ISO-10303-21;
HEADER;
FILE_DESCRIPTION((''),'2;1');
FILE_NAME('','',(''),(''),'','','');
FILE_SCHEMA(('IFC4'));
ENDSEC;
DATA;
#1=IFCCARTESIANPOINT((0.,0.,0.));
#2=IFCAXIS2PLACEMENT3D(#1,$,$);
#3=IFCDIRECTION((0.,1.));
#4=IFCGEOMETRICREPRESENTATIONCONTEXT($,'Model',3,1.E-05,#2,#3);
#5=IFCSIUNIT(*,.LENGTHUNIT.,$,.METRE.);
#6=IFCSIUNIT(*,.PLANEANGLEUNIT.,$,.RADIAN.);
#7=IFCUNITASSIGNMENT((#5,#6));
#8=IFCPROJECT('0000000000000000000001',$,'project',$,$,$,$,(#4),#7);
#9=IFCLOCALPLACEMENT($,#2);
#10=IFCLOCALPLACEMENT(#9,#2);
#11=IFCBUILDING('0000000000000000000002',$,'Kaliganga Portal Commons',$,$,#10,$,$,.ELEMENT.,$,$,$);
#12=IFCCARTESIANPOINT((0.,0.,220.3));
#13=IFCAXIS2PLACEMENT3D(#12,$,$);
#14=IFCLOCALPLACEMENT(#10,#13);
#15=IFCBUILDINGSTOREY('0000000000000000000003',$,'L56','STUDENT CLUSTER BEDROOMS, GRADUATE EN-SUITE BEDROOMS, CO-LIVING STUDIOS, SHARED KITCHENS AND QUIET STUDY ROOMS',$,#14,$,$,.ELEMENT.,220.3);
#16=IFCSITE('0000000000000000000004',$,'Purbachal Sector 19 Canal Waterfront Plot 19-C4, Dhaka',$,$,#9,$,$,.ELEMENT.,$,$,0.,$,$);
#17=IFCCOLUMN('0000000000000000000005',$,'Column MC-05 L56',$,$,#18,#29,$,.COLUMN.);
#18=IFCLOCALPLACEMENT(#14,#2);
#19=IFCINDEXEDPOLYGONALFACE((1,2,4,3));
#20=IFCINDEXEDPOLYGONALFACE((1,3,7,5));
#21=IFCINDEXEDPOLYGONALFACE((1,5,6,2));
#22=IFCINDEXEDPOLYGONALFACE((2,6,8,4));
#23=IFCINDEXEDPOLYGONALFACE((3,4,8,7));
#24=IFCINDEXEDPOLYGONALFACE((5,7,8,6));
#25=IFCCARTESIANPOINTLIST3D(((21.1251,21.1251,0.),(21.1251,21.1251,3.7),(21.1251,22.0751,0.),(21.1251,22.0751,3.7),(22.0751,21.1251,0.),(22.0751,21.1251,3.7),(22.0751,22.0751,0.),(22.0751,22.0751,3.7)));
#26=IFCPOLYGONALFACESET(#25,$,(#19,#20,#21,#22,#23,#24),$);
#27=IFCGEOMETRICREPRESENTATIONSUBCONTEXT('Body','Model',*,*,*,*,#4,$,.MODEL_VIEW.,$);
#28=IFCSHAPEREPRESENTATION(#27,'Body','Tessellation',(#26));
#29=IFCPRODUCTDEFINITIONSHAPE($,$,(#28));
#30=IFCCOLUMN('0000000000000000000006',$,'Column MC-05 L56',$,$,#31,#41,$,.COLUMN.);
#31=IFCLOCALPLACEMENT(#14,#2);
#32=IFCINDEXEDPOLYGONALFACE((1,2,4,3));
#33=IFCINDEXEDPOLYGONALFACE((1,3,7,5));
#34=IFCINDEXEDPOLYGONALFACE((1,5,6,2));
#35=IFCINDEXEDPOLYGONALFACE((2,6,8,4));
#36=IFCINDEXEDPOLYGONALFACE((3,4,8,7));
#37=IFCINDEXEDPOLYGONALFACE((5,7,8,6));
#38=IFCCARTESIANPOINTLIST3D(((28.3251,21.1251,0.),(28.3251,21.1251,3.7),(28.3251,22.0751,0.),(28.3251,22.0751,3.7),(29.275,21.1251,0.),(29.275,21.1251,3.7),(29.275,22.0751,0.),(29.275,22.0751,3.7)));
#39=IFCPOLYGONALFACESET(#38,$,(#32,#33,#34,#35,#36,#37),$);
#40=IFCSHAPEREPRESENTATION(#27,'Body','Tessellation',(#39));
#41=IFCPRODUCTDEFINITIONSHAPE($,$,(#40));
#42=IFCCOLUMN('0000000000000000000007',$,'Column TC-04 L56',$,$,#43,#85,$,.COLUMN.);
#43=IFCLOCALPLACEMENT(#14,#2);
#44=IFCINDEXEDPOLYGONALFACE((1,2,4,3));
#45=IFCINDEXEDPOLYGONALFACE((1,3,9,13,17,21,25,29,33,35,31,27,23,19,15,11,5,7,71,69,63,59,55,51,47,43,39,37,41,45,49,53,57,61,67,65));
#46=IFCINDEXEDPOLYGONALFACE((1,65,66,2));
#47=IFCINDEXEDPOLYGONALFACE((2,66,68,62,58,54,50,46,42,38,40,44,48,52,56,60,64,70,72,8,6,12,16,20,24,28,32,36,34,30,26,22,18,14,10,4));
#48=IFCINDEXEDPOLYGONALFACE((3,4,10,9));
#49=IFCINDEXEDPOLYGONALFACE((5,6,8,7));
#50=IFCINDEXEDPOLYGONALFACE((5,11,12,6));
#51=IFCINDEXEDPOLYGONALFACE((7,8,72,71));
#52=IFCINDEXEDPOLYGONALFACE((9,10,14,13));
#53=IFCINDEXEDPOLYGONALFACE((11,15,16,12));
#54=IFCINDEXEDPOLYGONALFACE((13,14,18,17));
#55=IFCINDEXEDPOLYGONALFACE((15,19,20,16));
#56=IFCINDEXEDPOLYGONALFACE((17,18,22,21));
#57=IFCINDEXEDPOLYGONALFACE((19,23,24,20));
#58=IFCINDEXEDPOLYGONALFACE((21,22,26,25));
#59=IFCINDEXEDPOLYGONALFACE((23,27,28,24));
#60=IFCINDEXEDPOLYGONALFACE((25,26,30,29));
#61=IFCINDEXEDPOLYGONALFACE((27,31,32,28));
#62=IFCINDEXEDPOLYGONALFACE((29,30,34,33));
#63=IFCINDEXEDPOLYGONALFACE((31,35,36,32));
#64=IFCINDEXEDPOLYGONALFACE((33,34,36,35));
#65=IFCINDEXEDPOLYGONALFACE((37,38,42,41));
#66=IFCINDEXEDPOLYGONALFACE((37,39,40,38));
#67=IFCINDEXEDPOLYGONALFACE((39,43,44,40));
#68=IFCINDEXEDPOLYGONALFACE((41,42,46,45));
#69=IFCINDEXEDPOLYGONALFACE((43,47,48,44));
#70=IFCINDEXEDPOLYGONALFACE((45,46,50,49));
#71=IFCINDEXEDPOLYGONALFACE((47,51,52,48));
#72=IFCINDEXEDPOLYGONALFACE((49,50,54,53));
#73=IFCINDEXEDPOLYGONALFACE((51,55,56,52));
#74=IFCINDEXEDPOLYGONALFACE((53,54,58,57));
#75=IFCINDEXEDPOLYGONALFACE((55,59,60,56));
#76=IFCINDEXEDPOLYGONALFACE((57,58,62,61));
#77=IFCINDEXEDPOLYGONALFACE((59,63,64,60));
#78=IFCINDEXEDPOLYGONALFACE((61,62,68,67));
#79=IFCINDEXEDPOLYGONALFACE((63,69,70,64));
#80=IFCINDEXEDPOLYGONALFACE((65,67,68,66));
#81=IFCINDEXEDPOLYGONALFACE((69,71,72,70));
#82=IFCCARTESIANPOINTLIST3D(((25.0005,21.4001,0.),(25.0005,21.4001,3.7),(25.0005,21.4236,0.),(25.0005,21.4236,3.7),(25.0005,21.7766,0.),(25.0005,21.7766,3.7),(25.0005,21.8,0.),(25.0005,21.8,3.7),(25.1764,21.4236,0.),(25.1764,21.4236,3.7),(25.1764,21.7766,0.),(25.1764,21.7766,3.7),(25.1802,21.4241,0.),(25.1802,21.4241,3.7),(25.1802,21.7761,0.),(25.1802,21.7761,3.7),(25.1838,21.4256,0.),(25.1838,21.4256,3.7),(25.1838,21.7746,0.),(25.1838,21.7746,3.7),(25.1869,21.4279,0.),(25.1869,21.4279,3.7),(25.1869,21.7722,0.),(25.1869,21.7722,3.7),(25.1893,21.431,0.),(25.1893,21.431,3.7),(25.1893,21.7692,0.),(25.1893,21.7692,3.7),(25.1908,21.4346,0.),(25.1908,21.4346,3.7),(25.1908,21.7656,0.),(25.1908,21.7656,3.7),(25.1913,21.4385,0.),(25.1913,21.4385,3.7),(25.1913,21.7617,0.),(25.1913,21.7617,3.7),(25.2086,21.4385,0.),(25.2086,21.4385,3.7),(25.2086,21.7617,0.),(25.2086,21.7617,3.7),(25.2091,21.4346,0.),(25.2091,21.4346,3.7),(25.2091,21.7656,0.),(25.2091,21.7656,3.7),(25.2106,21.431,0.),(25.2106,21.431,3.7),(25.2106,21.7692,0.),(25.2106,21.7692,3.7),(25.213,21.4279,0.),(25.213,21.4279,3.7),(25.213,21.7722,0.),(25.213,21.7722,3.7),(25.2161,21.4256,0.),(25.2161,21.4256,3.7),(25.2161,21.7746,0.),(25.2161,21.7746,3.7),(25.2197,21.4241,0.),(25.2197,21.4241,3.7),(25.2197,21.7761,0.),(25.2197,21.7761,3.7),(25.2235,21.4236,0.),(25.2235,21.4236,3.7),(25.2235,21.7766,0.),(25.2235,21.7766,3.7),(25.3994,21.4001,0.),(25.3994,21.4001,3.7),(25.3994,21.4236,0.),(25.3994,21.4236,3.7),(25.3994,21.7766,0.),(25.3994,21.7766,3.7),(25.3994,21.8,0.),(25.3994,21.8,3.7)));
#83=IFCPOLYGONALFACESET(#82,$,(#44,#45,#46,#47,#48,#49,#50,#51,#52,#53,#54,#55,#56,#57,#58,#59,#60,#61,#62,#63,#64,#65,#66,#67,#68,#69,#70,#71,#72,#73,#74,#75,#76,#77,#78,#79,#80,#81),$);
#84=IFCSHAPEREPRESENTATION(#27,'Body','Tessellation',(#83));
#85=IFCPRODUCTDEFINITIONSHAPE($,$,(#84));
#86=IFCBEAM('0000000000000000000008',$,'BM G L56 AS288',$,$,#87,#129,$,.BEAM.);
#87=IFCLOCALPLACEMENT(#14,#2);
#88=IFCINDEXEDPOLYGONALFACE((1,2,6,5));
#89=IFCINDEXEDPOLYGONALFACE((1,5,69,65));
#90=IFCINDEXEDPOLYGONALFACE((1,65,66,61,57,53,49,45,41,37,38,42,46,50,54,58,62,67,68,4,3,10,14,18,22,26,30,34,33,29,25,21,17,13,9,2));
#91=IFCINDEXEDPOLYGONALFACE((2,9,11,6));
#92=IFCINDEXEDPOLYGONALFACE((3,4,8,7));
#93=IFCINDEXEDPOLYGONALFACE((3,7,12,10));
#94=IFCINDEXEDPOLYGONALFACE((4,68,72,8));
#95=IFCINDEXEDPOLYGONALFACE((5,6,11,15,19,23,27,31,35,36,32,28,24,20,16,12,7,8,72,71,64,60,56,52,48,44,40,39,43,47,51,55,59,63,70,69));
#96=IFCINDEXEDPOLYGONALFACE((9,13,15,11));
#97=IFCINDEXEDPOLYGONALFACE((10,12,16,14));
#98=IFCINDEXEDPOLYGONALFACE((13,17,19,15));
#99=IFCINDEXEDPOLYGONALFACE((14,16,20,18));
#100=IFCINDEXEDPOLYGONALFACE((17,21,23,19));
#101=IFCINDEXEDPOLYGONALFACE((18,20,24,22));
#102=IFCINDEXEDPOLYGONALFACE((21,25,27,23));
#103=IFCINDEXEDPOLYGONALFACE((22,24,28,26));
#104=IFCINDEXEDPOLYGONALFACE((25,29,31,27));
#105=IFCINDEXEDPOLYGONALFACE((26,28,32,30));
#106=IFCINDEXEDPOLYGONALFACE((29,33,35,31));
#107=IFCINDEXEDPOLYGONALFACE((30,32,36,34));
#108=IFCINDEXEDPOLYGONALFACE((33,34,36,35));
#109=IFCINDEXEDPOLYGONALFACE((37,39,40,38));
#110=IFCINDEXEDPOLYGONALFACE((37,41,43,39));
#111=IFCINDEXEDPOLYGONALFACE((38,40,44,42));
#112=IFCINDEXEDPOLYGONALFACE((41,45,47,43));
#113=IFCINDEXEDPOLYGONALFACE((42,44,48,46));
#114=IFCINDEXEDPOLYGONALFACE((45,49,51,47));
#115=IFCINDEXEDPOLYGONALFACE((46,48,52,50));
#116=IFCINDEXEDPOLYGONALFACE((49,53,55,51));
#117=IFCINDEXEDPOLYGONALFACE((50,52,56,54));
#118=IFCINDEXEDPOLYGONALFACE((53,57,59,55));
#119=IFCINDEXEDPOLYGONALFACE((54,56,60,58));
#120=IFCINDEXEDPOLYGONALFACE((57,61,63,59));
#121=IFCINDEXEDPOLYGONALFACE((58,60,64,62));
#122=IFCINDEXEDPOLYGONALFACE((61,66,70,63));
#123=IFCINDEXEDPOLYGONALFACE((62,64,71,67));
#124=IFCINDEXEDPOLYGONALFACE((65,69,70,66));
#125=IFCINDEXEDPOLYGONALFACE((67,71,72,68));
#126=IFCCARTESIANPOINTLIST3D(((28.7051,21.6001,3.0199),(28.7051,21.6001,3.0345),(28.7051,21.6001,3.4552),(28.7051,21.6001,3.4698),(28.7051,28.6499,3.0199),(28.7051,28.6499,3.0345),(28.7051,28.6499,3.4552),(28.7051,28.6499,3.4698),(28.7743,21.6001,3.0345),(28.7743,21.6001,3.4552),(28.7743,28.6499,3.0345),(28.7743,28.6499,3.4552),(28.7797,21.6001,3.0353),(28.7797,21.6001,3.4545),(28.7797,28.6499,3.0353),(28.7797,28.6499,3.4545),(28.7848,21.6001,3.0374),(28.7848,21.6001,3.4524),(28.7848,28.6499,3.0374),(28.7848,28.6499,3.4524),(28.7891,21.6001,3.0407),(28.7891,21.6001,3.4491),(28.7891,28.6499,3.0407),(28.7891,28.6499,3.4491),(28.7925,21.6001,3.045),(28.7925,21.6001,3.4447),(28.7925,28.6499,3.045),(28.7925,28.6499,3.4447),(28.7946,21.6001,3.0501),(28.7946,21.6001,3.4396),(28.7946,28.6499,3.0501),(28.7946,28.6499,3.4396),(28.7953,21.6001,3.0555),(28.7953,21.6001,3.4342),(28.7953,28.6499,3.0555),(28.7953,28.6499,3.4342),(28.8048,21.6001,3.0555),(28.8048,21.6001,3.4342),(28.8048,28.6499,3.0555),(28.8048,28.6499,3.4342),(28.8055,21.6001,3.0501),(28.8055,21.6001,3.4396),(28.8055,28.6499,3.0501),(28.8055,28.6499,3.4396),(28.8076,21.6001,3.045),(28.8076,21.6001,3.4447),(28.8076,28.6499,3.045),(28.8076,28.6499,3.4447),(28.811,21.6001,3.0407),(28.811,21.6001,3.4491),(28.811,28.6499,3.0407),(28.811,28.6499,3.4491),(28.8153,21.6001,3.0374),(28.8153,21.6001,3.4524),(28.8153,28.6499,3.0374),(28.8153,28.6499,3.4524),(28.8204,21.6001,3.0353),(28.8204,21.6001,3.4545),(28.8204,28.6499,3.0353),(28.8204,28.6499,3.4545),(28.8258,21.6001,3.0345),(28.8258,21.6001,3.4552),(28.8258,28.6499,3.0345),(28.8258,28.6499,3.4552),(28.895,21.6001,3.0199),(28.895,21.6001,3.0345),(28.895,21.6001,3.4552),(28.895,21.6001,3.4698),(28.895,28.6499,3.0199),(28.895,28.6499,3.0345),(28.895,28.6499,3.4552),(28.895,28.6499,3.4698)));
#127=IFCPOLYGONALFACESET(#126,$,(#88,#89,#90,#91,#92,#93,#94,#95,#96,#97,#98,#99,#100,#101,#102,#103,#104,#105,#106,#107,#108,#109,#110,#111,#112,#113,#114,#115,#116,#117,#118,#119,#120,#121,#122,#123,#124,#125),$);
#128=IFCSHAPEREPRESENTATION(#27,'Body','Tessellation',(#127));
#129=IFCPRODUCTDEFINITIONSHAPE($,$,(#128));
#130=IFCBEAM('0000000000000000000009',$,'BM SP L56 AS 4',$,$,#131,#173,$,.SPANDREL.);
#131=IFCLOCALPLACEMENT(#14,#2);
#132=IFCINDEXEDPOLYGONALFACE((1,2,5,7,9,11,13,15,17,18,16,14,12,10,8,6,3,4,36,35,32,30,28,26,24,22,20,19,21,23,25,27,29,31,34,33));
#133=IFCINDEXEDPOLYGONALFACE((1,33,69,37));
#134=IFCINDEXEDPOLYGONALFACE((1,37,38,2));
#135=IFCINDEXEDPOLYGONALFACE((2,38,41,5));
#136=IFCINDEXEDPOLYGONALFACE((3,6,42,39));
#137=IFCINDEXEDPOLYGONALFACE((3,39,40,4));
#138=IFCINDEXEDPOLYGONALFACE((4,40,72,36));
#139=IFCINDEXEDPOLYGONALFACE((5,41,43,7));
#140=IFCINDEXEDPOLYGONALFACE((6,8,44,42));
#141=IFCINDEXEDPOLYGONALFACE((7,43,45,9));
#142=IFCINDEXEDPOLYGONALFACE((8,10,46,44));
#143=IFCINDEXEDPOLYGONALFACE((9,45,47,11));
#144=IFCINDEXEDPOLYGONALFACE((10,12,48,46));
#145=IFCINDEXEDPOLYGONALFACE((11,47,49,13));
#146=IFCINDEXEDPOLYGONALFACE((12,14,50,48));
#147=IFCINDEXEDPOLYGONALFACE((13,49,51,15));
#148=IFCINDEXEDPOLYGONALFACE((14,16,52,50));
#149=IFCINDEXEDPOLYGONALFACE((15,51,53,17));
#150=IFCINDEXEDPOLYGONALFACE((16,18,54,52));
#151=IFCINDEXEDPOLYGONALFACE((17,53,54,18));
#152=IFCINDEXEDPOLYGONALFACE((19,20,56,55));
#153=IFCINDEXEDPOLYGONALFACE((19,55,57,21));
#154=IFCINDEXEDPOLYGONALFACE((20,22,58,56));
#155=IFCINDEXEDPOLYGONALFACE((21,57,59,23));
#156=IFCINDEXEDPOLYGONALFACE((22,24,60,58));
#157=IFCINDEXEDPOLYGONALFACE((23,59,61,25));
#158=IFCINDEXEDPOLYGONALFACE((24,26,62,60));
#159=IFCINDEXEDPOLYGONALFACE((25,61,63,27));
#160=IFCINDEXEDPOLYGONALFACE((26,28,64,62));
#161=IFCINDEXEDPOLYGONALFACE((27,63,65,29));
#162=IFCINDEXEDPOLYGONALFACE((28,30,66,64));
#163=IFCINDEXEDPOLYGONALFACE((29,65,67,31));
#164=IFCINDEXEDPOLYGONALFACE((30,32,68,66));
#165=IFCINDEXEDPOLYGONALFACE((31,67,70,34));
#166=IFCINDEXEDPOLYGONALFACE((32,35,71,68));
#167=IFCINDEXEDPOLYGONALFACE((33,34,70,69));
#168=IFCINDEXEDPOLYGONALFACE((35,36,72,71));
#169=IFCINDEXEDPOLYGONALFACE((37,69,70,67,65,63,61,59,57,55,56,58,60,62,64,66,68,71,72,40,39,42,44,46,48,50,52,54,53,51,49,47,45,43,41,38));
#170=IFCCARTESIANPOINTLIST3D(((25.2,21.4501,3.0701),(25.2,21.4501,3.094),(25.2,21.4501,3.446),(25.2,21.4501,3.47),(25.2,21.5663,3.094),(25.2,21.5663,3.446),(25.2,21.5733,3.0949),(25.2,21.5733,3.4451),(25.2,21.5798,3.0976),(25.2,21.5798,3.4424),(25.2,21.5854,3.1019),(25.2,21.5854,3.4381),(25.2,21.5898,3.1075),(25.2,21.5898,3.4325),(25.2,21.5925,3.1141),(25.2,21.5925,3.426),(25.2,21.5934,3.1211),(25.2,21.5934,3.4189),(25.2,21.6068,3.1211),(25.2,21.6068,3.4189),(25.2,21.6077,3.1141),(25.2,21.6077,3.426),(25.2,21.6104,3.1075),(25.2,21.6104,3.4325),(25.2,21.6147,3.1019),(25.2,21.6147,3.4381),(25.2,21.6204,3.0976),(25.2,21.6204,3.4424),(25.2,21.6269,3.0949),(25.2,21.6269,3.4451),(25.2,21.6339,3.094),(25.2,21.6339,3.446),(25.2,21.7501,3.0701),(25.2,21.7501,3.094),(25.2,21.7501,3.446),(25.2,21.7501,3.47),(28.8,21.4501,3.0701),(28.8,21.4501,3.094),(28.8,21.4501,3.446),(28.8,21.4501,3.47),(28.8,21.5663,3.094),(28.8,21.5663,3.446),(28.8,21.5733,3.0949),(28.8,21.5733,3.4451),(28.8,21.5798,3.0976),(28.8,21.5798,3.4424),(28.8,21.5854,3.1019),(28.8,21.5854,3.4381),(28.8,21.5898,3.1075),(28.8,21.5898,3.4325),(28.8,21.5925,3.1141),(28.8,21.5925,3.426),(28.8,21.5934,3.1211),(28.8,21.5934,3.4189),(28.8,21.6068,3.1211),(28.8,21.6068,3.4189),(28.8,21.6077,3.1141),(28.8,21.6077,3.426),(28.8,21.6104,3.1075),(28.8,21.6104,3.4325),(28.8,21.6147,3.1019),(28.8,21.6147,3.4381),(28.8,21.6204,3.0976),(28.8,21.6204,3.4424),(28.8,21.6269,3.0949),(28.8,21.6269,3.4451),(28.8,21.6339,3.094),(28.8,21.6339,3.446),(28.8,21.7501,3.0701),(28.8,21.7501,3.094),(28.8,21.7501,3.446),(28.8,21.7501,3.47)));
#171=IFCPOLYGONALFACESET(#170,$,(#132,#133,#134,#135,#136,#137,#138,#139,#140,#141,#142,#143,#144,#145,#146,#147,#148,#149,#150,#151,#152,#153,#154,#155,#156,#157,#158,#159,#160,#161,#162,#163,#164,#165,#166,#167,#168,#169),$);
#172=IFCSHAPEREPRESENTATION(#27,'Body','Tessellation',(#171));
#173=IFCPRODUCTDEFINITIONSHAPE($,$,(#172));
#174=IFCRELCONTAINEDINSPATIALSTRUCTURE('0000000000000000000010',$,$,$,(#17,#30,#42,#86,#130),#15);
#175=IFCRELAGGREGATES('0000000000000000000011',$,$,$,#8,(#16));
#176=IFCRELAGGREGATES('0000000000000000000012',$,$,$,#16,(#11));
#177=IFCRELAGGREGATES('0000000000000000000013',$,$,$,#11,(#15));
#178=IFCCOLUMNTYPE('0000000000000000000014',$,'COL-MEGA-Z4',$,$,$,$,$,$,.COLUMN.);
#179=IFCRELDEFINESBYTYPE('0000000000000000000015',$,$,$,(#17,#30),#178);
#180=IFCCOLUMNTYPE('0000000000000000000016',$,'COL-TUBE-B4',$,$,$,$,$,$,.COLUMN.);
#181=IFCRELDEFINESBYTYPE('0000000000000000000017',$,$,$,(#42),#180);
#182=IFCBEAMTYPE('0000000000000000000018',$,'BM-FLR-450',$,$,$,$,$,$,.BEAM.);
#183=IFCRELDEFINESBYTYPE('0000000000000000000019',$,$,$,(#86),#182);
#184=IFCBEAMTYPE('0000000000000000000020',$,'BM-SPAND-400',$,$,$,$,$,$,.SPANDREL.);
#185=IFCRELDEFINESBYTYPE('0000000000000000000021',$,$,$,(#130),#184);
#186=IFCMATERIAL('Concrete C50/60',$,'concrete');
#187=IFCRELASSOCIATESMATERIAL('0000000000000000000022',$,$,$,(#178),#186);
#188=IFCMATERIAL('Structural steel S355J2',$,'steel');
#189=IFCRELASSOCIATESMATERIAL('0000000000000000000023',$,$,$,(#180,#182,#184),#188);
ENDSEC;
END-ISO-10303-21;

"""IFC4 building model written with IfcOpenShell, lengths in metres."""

from ifc_helpers import new_model, si_unit, direction, frame, origin, origin_2d, place, context, subcontext, project, spatial, rectangle, i_section, extrude, source, transform, mapped, material, material_profile, profile_set, type_object, element, save


model = new_model("IFC4")

# Units and contexts
model_context = context("Model", 3, precision=1e-05, world=origin(), true_north=direction((0.0, 1.0)))
body_context = subcontext(model_context, "Body", "Model", "MODEL_VIEW")
ifc_project = project(units=[si_unit("LENGTHUNIT", "METRE"), si_unit("PLANEANGLEUNIT", "RADIAN")], contexts=[model_context])

# Site, building, storey
site_placement = place(None, origin())
site = spatial("IfcSite", under=ifc_project, at=site_placement, Name="Purbachal Sector 19 Canal Waterfront Plot 19-C4, Dhaka", CompositionType="ELEMENT", RefElevation=0.0)
building_placement = place(site_placement, origin())
building = spatial("IfcBuilding", under=site, at=building_placement, Name="Kaliganga Portal Commons", CompositionType="ELEMENT")
storey_placement = place(building_placement, frame((0.0, 0.0, 220.3)))
storey = spatial("IfcBuildingStorey", under=building, at=storey_placement, Name="L56", Description="STUDENT CLUSTER BEDROOMS, GRADUATE EN-SUITE BEDROOMS, CO-LIVING STUDIOS, SHARED KITCHENS AND QUIET STUDY ROOMS", CompositionType="ELEMENT", Elevation=220.3)

# Columns
ifc_material_1 = material(Name="Concrete C50/60", Category="concrete")
ifc_material_profile_1 = material_profile(ifc_material_1, rectangle(XDim=0.95, YDim=0.95, at=origin_2d()), Name="RC 950x950")
ifc_profile_set_1 = profile_set([ifc_material_profile_1], Name="Concrete C50/60")
column_type_1 = type_object("IfcColumnType", Name="COL-MEGA-Z4", PredefinedType="COLUMN", material=ifc_profile_set_1)
shared_shape_1 = source(origin(), body_context, "Body", "SweptSolid", [
    extrude(rectangle(XDim=0.95, YDim=0.95, at=origin_2d()), origin(), (0.0, 0.0, 1.0), 3.7),
])
for number, where, z_axis, x_axis, name in (
    (1, (21.6001, 21.6001, 0.0), (0.0, 0.0, 1.0), (1.0, 0.0, 0.0), "Column MC-05 L56"),
    (2, (28.8, 21.6001, 0.0), (0.0, 0.0, 1.0), (1.0, 0.0, 0.0), "Column MC-05 L56"),
):
    element("IfcColumn", number, at=place(storey_placement, frame(where, z_axis=z_axis, x_axis=x_axis)), inside=storey, type_object=column_type_1, Name=name, PredefinedType="COLUMN", context=body_context, shape_type="MappedRepresentation", body=[
        mapped(shared_shape_1, transform((0.0, 0.0, 0.0), x_axis=(1.0, 0.0, 0.0), y_axis=(0.0, 1.0, 0.0), z_axis=(0.0, 0.0, 1.0), scale=1.0)),
    ])
ifc_material_2 = material(Name="Structural steel S355J2", Category="steel")
ifc_material_profile_2 = material_profile(ifc_material_2, i_section(OverallWidth=0.3989, OverallDepth=0.3999, WebThickness=0.0173, FlangeThickness=0.0234, FilletRadius=0.0149, at=origin_2d()), Name="HD 400x287")
ifc_profile_set_2 = profile_set([ifc_material_profile_2], Name="Structural steel S355J2 wide-flange")
column_type_2 = type_object("IfcColumnType", Name="COL-TUBE-B4", PredefinedType="COLUMN", material=ifc_profile_set_2)
shared_shape_2 = source(origin(), body_context, "Body", "SweptSolid", [
    extrude(i_section(OverallWidth=0.3989, OverallDepth=0.3999, WebThickness=0.0173, FlangeThickness=0.0234, FilletRadius=0.0149, at=origin_2d()), origin(), (0.0, 0.0, 1.0), 3.7),
])
column_placement = place(storey_placement, frame((25.2, 21.6001, 0.0), z_axis=(0.0, 0.0, 1.0), x_axis=(1.0, 0.0, 0.0)))
element("IfcColumn", 3, at=column_placement, inside=storey, type_object=column_type_2, Name="Column TC-04 L56", PredefinedType="COLUMN", context=body_context, shape_type="MappedRepresentation", body=[
    mapped(shared_shape_2, transform((0.0, 0.0, 0.0), x_axis=(1.0, 0.0, 0.0), y_axis=(0.0, 1.0, 0.0), z_axis=(0.0, 0.0, 1.0), scale=1.0)),
])

# Beams
ifc_material_profile_3 = material_profile(ifc_material_2, i_section(OverallWidth=0.1899, OverallDepth=0.45, WebThickness=0.0095, FlangeThickness=0.0146, FilletRadius=0.021, at=origin_2d()), Name="IPE 450")
ifc_profile_set_3 = profile_set([ifc_material_profile_3], Name="Structural steel S355J2 wide-flange")
beam_type_1 = type_object("IfcBeamType", Name="BM-FLR-450", PredefinedType="BEAM", material=ifc_profile_set_3)
shared_shape_3 = source(origin(), body_context, "Body", "SweptSolid", [
    extrude(i_section(OverallWidth=0.1899, OverallDepth=0.45, WebThickness=0.0095, FlangeThickness=0.0146, FilletRadius=0.021, at=origin_2d()), origin(), (0.0, 0.0, 1.0), 7.0498),
])
beam_1_placement = place(storey_placement, frame((28.8, 21.6001, 3.2449), z_axis=(0.0, 1.0, 0.0), x_axis=(-1.0, 0.0, 0.0)))
element("IfcBeam", 4, at=beam_1_placement, inside=storey, type_object=beam_type_1, Name="BM G L56 AS288", PredefinedType="BEAM", context=body_context, shape_type="MappedRepresentation", body=[
    mapped(shared_shape_3, transform((0.0, 0.0, 0.0), x_axis=(1.0, 0.0, 0.0), y_axis=(0.0, 1.0, 0.0), z_axis=(0.0, 0.0, 1.0), scale=1.0)),
])
ifc_material_profile_4 = material_profile(ifc_material_2, i_section(OverallWidth=0.3, OverallDepth=0.3999, WebThickness=0.0134, FlangeThickness=0.0239, FilletRadius=0.0271, at=origin_2d()), Name="HE 400 B")
ifc_profile_set_4 = profile_set([ifc_material_profile_4], Name="Structural steel S355J2 wide-flange")
beam_type_2 = type_object("IfcBeamType", Name="BM-SPAND-400", PredefinedType="SPANDREL", material=ifc_profile_set_4)
shared_shape_4 = source(origin(), body_context, "Body", "SweptSolid", [
    extrude(i_section(OverallWidth=0.3, OverallDepth=0.3999, WebThickness=0.0134, FlangeThickness=0.0239, FilletRadius=0.0271, at=origin_2d()), origin(), (0.0, 0.0, 1.0), 3.6001),
])
beam_2_placement = place(storey_placement, frame((25.2, 21.6001, 3.27), z_axis=(1.0, 0.0, 0.0), x_axis=(0.0, 1.0, 0.0)))
element("IfcBeam", 5, at=beam_2_placement, inside=storey, type_object=beam_type_2, Name="BM SP L56 AS 4", PredefinedType="SPANDREL", context=body_context, shape_type="MappedRepresentation", body=[
    mapped(shared_shape_4, transform((0.0, 0.0, 0.0), x_axis=(1.0, 0.0, 0.0), y_axis=(0.0, 1.0, 0.0), z_axis=(0.0, 0.0, 1.0), scale=1.0)),
])

save(model, "model.ifc")
